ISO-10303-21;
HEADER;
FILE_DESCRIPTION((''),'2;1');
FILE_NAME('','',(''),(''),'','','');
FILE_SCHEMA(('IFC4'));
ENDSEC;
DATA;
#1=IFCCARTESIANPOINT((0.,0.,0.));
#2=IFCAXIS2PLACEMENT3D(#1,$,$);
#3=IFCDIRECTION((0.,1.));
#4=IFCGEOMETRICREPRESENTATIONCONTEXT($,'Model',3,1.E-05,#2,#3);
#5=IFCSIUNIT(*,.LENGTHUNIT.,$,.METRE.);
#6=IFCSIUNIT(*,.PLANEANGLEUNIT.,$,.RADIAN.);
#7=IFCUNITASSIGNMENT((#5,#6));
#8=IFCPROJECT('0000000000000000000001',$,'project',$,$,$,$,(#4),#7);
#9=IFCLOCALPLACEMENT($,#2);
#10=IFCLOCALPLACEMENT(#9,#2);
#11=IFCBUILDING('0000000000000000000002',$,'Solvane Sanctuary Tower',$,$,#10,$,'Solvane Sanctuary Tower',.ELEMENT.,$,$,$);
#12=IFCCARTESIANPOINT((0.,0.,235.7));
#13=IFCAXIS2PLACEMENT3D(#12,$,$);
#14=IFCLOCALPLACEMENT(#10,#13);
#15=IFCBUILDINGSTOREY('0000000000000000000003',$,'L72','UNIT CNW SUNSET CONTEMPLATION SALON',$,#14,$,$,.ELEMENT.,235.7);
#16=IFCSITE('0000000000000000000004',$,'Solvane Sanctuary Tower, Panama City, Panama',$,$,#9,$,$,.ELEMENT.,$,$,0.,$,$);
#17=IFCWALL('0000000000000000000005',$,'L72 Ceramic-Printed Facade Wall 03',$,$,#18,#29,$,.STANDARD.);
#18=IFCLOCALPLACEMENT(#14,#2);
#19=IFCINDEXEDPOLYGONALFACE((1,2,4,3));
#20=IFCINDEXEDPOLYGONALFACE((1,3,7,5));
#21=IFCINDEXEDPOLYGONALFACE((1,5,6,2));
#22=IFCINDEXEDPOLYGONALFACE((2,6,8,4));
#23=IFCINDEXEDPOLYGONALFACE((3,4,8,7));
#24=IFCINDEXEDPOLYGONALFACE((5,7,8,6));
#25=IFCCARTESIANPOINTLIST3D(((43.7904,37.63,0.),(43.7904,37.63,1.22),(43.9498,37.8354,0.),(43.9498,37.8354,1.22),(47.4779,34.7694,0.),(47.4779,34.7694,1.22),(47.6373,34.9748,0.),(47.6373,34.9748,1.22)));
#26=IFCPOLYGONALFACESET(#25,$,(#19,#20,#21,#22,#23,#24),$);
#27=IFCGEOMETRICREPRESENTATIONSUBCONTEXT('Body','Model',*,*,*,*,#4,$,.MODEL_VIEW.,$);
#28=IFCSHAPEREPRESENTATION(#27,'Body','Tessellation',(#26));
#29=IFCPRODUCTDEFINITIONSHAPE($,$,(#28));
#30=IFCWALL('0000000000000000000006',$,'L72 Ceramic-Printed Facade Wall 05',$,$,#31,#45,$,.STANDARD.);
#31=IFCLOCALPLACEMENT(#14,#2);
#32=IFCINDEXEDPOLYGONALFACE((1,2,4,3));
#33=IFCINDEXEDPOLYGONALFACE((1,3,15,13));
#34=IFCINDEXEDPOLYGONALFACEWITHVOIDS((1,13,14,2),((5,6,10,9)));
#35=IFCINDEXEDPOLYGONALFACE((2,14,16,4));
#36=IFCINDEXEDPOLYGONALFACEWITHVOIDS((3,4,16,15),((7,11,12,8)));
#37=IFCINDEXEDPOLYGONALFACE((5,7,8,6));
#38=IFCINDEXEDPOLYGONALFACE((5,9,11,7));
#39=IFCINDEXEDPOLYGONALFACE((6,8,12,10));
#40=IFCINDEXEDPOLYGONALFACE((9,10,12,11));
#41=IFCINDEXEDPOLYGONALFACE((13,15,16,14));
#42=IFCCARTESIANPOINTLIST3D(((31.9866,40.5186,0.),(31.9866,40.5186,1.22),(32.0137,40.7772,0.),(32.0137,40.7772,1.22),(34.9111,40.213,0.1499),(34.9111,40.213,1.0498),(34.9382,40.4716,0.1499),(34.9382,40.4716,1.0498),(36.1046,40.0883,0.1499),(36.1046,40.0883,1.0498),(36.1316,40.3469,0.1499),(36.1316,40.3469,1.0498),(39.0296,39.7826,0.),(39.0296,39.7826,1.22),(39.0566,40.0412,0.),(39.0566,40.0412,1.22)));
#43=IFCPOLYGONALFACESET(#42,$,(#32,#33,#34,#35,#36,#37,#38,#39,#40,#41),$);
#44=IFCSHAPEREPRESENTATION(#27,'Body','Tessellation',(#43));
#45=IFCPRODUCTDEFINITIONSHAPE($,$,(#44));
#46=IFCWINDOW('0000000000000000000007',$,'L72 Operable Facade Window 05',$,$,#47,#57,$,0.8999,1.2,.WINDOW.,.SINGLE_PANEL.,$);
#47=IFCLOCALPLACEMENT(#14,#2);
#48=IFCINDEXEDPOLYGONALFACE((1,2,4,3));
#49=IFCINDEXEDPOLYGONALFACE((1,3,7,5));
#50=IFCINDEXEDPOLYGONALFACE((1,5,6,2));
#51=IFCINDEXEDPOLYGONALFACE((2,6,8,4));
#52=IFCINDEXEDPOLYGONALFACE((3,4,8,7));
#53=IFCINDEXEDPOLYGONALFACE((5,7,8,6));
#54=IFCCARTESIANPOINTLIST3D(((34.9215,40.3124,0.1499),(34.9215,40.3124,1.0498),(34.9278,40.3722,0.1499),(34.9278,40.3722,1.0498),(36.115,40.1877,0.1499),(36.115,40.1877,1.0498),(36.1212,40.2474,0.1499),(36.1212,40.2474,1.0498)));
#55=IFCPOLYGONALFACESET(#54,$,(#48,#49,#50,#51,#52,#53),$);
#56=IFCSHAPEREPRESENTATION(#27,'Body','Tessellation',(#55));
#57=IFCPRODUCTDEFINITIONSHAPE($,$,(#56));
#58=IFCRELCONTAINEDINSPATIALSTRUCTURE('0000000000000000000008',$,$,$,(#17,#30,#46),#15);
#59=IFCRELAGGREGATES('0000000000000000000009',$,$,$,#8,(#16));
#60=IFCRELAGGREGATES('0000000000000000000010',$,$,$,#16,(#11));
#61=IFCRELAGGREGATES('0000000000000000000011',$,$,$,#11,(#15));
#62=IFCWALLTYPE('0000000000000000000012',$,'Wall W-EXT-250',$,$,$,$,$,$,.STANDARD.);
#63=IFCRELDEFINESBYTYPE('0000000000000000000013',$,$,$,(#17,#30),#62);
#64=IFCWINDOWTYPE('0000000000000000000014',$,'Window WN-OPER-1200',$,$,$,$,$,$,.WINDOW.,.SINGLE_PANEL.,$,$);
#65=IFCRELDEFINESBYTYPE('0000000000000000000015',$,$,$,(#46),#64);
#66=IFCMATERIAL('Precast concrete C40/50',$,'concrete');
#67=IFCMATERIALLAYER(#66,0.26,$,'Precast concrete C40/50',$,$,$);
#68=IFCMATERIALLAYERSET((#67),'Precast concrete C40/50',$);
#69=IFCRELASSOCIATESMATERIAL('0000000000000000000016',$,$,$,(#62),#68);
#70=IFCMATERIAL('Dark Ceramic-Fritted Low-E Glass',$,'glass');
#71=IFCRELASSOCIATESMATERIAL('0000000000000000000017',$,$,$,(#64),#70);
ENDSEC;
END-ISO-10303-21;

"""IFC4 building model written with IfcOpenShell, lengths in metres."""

from ifc_helpers import new_model, si_unit, direction, frame, frame_2d, origin, place, context, subcontext, project, spatial, rectangle, extrude, material, layer, layer_set, type_object, element, fill, save


model = new_model("IFC4")

# Units and contexts
model_context = context("Model", 3, precision=1e-05, world=origin(), true_north=direction((0.0, 1.0)))
body_context = subcontext(model_context, "Body", "Model", "MODEL_VIEW")
ifc_project = project(units=[si_unit("LENGTHUNIT", "METRE"), si_unit("PLANEANGLEUNIT", "RADIAN")], contexts=[model_context])

# Site, building, storey
site_placement = place(None, origin())
site = spatial("IfcSite", under=ifc_project, at=site_placement, Name="Solvane Sanctuary Tower, Panama City, Panama", CompositionType="ELEMENT", RefElevation=0.0)
building_placement = place(site_placement, origin())
building = spatial("IfcBuilding", under=site, at=building_placement, Name="Solvane Sanctuary Tower", LongName="Solvane Sanctuary Tower", CompositionType="ELEMENT")
storey_placement = place(building_placement, frame((0.0, 0.0, 235.7)))
storey = spatial("IfcBuildingStorey", under=building, at=storey_placement, Name="L72", Description="UNIT CNW SUNSET CONTEMPLATION SALON", CompositionType="ELEMENT", Elevation=235.7)

# Shared definitions
ifc_material_1 = material(Name="Dark Ceramic-Fritted Low-E Glass", Category="glass")

# Shared definitions
ifc_material_2 = material(Name="Precast concrete C40/50", Category="concrete")
ifc_layer_1 = layer(ifc_material_2, 0.26, Name="Precast concrete C40/50")
ifc_layer_set_1 = layer_set([ifc_layer_1], Name="Precast concrete C40/50")
wall_type_1 = type_object("IfcWallType", Name="Wall W-EXT-250", PredefinedType="STANDARD", material=ifc_layer_set_1)
window_type = type_object("IfcWindowType", Name="Window WN-OPER-1200", PartitioningType="SINGLE_PANEL", PredefinedType="WINDOW", material=ifc_material_1)

# Wall
wall_1_placement = place(storey_placement, frame((47.5576, 34.8721, 0.0), z_axis=(0.0, 0.0, 1.0), x_axis=(-0.790126, 0.612944, 0.0)))
element("IfcWall", 1, at=wall_1_placement, inside=storey, type_object=wall_type_1, Name="L72 Ceramic-Printed Facade Wall 03", PredefinedType="STANDARD", context=body_context, shape_type="SweptSolid", body=[
    extrude(rectangle(XDim=4.667, YDim=0.26, at=frame_2d((2.3335, 0.0))), origin(), (0.0, 0.0, 1.0), 1.22),
])

# Wall, opening, window
wall_2_placement = place(storey_placement, frame((39.043, 39.9119, 0.0), z_axis=(0.0, 0.0, 1.0), x_axis=(-0.994583, 0.103947, 0.0)))
wall_2 = element("IfcWall", 2, at=wall_2_placement, inside=storey, type_object=wall_type_1, Name="L72 Ceramic-Printed Facade Wall 05", PredefinedType="STANDARD", context=body_context, shape_type="SweptSolid", body=[
    extrude(rectangle(XDim=7.0813, YDim=0.26, at=frame_2d((3.5405, 0.0))), origin(), (0.0, 0.0, 1.0), 1.22),
])
opening_1_placement = place(wall_2_placement, frame((2.9407, 0.0, 0.1499)))
opening_1 = element("IfcOpeningElement", 3, at=opening_1_placement, cuts=wall_2, PredefinedType="OPENING", context=body_context, shape_type="SweptSolid", body=[
    extrude(rectangle(XDim=1.2, YDim=0.8999, at=frame_2d((0.6001, 0.45))), frame((0.0, 0.1399, 0.0), z_axis=(0.0, -1.0, 0.0), x_axis=(1.0, 0.0, 0.0)), (0.0, 0.0, 1.0), 0.28),
])
window_1_placement = place(opening_1_placement, origin())
window_1 = element("IfcWindow", 4, at=window_1_placement, inside=storey, type_object=window_type, Name="L72 Operable Facade Window 05", OverallHeight=0.8999, OverallWidth=1.2, PartitioningType="SINGLE_PANEL", PredefinedType="WINDOW", context=body_context, shape_type="SweptSolid", body=[
    extrude(rectangle(XDim=1.2, YDim=0.8999, at=frame_2d((0.6001, 0.45))), frame((0.0, 0.03, 0.0), z_axis=(0.0, -1.0, 0.0), x_axis=(1.0, 0.0, 0.0)), (0.0, 0.0, 1.0), 0.0601),
])
fill(opening_1, window_1)

save(model, "model.ifc")
